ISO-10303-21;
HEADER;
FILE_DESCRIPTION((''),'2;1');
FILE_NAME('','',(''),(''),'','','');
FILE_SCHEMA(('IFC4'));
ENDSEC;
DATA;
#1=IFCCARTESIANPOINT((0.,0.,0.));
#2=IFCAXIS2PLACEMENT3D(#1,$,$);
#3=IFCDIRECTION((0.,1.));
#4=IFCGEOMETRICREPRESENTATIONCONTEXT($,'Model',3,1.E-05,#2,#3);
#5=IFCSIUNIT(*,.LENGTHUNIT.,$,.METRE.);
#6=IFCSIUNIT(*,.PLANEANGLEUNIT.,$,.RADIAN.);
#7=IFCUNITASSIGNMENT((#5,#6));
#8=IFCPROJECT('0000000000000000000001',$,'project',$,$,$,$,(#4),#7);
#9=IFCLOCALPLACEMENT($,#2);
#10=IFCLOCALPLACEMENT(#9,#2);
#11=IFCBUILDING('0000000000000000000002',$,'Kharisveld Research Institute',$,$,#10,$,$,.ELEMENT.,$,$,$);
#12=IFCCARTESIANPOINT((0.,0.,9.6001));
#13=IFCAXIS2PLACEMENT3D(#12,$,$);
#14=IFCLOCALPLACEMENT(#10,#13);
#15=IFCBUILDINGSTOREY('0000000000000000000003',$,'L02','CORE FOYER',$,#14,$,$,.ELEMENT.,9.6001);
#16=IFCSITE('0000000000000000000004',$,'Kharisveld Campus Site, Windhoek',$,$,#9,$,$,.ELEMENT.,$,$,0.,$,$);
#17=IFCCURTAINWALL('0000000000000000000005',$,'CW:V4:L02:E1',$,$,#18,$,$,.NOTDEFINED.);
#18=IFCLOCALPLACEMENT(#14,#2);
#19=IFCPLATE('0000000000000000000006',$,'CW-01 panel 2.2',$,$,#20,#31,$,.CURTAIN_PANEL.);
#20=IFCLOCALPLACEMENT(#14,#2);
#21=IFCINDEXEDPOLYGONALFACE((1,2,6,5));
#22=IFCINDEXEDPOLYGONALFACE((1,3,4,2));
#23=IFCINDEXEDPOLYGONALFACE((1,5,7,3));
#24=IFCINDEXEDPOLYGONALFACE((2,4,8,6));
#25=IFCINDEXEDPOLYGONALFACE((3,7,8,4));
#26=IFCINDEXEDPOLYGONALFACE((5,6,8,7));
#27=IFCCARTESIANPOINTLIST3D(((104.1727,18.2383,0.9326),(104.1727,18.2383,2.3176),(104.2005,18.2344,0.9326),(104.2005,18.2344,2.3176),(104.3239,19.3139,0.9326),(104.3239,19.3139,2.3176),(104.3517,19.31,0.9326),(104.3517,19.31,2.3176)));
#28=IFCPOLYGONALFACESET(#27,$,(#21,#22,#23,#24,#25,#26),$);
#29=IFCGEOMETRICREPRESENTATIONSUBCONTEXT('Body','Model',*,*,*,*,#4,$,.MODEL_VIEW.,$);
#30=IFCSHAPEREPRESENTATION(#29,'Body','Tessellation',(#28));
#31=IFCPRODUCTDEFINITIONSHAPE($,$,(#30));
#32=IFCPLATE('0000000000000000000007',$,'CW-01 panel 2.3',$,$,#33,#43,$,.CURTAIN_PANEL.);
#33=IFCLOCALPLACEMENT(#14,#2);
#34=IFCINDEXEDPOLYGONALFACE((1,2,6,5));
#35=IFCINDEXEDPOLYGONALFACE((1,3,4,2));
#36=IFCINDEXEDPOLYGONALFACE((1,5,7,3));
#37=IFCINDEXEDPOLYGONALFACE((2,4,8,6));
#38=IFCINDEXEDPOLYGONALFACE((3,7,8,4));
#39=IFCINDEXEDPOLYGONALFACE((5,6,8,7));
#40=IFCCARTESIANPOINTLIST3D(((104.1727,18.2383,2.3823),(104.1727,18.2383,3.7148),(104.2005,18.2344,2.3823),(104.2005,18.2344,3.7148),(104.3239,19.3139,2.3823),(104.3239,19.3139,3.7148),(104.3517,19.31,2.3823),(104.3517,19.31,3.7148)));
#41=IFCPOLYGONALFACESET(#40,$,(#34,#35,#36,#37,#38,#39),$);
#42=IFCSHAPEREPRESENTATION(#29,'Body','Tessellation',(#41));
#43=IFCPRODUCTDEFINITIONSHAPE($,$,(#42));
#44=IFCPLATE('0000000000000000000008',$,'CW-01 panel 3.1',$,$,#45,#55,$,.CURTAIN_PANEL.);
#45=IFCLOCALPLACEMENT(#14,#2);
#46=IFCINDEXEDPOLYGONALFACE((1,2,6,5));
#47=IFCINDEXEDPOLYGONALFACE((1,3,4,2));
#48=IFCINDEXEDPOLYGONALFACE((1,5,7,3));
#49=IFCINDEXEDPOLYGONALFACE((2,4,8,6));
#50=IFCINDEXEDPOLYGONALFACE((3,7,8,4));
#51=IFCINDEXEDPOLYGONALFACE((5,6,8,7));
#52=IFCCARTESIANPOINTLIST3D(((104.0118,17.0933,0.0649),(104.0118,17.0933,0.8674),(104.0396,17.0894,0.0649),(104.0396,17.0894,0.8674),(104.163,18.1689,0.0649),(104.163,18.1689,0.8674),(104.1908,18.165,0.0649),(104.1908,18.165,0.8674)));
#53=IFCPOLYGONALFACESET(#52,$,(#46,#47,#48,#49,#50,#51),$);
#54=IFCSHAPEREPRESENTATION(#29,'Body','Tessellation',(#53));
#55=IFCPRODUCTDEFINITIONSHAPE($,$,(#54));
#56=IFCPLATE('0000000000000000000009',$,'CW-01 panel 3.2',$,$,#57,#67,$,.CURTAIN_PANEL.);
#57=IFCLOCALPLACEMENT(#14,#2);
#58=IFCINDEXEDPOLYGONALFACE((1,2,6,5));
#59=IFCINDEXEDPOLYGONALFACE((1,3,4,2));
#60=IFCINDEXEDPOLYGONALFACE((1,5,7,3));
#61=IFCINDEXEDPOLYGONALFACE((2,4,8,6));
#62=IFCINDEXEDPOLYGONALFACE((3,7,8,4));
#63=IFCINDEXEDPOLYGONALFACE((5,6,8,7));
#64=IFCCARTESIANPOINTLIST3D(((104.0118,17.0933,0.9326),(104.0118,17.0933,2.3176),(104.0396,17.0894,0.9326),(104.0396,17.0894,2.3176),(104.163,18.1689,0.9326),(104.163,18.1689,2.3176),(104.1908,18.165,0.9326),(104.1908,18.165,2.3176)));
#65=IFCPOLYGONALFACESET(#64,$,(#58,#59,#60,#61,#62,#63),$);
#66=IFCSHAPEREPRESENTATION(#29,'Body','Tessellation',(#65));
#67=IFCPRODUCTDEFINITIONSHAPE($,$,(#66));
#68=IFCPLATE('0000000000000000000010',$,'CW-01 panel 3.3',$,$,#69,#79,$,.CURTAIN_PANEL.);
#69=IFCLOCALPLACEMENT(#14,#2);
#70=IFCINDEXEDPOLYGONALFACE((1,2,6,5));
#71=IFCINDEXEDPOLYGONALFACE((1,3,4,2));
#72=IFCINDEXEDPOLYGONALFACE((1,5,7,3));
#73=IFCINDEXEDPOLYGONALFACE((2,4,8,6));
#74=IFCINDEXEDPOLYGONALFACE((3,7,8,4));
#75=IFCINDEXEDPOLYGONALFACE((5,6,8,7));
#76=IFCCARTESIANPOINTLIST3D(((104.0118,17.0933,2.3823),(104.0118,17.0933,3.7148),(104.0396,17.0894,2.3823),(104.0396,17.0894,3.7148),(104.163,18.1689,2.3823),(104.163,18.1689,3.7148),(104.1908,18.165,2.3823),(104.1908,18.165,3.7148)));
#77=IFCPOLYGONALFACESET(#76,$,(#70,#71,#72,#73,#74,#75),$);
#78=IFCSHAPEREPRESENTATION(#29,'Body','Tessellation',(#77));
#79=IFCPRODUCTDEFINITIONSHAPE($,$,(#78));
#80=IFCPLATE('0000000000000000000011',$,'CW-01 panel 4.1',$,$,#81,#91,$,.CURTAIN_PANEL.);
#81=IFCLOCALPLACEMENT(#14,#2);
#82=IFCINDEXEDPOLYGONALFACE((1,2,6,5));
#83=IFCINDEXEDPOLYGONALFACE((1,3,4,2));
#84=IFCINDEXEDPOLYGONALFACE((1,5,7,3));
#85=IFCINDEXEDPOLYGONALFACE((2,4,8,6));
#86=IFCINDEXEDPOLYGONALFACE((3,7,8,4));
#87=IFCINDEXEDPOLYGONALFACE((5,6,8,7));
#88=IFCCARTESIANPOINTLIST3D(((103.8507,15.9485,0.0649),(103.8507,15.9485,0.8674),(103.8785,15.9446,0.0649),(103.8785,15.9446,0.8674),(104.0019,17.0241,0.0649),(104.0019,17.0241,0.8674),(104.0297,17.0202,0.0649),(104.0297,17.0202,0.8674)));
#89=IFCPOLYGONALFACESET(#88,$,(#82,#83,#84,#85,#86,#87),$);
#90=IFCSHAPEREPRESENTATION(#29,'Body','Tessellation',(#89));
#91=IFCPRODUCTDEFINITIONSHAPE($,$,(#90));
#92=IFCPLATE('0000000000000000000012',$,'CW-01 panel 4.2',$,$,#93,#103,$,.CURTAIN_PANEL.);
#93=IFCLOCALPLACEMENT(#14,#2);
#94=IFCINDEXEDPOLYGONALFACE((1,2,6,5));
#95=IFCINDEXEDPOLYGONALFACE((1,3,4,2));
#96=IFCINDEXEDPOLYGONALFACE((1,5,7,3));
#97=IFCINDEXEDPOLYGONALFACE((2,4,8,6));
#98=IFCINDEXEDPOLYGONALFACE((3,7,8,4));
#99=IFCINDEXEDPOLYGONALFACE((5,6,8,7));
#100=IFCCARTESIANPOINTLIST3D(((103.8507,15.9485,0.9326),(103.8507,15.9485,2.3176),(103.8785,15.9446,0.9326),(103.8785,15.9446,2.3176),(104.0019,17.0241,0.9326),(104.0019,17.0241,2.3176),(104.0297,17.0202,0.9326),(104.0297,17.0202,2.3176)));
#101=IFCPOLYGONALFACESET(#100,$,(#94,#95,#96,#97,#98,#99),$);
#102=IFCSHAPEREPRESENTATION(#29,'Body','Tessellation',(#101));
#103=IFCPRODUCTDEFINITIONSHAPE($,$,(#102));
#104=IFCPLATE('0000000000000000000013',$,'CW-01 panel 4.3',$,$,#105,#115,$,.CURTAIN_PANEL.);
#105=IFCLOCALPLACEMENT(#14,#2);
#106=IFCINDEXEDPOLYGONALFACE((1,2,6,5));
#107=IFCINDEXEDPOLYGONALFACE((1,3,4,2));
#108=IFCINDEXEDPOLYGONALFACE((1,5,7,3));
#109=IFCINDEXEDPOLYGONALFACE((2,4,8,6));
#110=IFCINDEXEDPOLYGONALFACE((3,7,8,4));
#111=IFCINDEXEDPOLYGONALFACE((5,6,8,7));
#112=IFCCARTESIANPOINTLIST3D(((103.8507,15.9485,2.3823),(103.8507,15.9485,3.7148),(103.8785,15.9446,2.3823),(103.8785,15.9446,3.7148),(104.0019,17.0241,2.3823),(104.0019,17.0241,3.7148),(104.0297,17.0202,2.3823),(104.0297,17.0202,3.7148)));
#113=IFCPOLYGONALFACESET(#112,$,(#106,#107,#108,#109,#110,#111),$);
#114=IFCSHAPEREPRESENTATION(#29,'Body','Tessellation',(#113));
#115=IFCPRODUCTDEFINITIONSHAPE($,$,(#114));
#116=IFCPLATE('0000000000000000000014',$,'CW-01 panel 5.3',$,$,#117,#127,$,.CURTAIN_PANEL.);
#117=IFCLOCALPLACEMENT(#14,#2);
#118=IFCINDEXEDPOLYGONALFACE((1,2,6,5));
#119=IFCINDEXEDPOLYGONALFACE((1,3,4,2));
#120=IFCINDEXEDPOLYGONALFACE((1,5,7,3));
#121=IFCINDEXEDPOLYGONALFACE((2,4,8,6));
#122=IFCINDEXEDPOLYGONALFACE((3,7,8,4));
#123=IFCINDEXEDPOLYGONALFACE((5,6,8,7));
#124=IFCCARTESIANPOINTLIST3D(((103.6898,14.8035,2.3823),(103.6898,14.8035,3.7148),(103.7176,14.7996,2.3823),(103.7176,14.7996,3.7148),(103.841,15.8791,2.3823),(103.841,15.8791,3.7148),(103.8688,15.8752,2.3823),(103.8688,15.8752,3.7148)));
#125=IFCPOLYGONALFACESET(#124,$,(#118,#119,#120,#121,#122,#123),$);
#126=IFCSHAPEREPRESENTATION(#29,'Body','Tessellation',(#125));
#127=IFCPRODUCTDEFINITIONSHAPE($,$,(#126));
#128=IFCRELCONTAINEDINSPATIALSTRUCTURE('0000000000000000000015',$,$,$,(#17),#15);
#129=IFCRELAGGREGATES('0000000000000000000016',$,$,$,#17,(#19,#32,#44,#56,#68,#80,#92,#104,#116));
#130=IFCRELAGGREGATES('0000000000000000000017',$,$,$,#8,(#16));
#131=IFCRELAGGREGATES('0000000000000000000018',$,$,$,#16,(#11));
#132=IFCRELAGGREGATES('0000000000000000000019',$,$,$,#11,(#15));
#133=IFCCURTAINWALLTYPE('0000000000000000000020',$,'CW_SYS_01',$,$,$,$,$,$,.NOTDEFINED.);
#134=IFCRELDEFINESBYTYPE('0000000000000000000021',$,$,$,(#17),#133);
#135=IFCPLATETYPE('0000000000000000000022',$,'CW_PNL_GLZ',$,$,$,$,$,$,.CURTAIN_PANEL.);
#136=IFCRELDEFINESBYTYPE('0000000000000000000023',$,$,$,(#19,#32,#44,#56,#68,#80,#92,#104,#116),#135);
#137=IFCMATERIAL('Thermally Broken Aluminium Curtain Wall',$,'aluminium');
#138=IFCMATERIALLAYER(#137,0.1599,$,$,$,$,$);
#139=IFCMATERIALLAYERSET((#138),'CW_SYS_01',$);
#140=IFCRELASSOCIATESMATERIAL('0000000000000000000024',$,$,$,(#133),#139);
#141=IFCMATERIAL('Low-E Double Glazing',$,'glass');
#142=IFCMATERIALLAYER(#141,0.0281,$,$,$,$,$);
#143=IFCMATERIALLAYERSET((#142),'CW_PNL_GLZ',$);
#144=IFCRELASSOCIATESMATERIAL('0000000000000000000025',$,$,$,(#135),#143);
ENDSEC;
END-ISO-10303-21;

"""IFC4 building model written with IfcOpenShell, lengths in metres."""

from ifc_helpers import new_model, si_unit, direction, frame, origin, origin_2d, place, context, subcontext, project, spatial, rectangle, extrude, material, layer, layer_set, type_object, element, aggregate, save


model = new_model("IFC4")

# Units and contexts
model_context = context("Model", 3, precision=1e-05, world=origin(), true_north=direction((0.0, 1.0)))
body_context = subcontext(model_context, "Body", "Model", "MODEL_VIEW")
ifc_project = project(units=[si_unit("LENGTHUNIT", "METRE"), si_unit("PLANEANGLEUNIT", "RADIAN")], contexts=[model_context])

# Site, building, storey
site_placement = place(None, origin())
site = spatial("IfcSite", under=ifc_project, at=site_placement, Name="Kharisveld Campus Site, Windhoek", CompositionType="ELEMENT", RefElevation=0.0)
building_placement = place(site_placement, origin())
building = spatial("IfcBuilding", under=site, at=building_placement, Name="Kharisveld Research Institute", CompositionType="ELEMENT")
storey_placement = place(building_placement, frame((0.0, 0.0, 9.6001)))
storey = spatial("IfcBuildingStorey", under=building, at=storey_placement, Name="L02", Description="CORE FOYER", CompositionType="ELEMENT", Elevation=9.6001)

# Curtain wall, plates
ifc_material_1 = material(Name="Thermally Broken Aluminium Curtain Wall", Category="aluminium")
ifc_layer_1 = layer(ifc_material_1, 0.1599)
ifc_layer_set_1 = layer_set([ifc_layer_1], Name="CW_SYS_01")
curtain_wall_type = type_object("IfcCurtainWallType", Name="CW_SYS_01", PredefinedType="NOTDEFINED", material=ifc_layer_set_1)
curtain_wall_placement = place(storey_placement, origin())
curtain_wall = element("IfcCurtainWall", 1, at=curtain_wall_placement, inside=storey, type_object=curtain_wall_type, Name="CW:V4:L02:E1", PredefinedType="NOTDEFINED")
ifc_material_2 = material(Name="Low-E Double Glazing", Category="glass")
ifc_layer_2 = layer(ifc_material_2, 0.0281)
ifc_layer_set_2 = layer_set([ifc_layer_2], Name="CW_PNL_GLZ")
plate_type = type_object("IfcPlateType", Name="CW_PNL_GLZ", PredefinedType="CURTAIN_PANEL", material=ifc_layer_set_2)
plate_1_placement = place(storey_placement, frame((104.2622, 18.7742, 0.9326), z_axis=(0.0, 0.0, 1.0), x_axis=(-0.139173, -0.990268, 0.0)))
plate_1 = element("IfcPlate", 2, at=plate_1_placement, type_object=plate_type, Name="CW-01 panel 2.2", PredefinedType="CURTAIN_PANEL", context=body_context, shape_type="SweptSolid", body=[
    extrude(rectangle(XDim=1.0862, YDim=0.0281, at=origin_2d()), origin(), (0.0, 0.0, 1.0), 1.385),
])
plate_2_placement = place(storey_placement, frame((104.2622, 18.7742, 2.3823), z_axis=(0.0, 0.0, 1.0), x_axis=(-0.139173, -0.990268, 0.0)))
plate_2 = element("IfcPlate", 3, at=plate_2_placement, type_object=plate_type, Name="CW-01 panel 2.3", PredefinedType="CURTAIN_PANEL", context=body_context, shape_type="SweptSolid", body=[
    extrude(rectangle(XDim=1.0862, YDim=0.0281, at=origin_2d()), origin(), (0.0, 0.0, 1.0), 1.3325),
])
plate_3_placement = place(storey_placement, frame((104.1013, 17.6292, 0.0649), z_axis=(0.0, 0.0, 1.0), x_axis=(-0.139173, -0.990268, 0.0)))
plate_3 = element("IfcPlate", 4, at=plate_3_placement, type_object=plate_type, Name="CW-01 panel 3.1", PredefinedType="CURTAIN_PANEL", context=body_context, shape_type="SweptSolid", body=[
    extrude(rectangle(XDim=1.0862, YDim=0.0281, at=origin_2d()), origin(), (0.0, 0.0, 1.0), 0.8025),
])
plate_4_placement = place(storey_placement, frame((104.1013, 17.6292, 0.9326), z_axis=(0.0, 0.0, 1.0), x_axis=(-0.139173, -0.990268, 0.0)))
plate_4 = element("IfcPlate", 5, at=plate_4_placement, type_object=plate_type, Name="CW-01 panel 3.2", PredefinedType="CURTAIN_PANEL", context=body_context, shape_type="SweptSolid", body=[
    extrude(rectangle(XDim=1.0862, YDim=0.0281, at=origin_2d()), origin(), (0.0, 0.0, 1.0), 1.385),
])
plate_5_placement = place(storey_placement, frame((104.1013, 17.6292, 2.3823), z_axis=(0.0, 0.0, 1.0), x_axis=(-0.139173, -0.990268, 0.0)))
plate_5 = element("IfcPlate", 6, at=plate_5_placement, type_object=plate_type, Name="CW-01 panel 3.3", PredefinedType="CURTAIN_PANEL", context=body_context, shape_type="SweptSolid", body=[
    extrude(rectangle(XDim=1.0862, YDim=0.0281, at=origin_2d()), origin(), (0.0, 0.0, 1.0), 1.3325),
])
plate_6_placement = place(storey_placement, frame((103.9402, 16.4844, 0.0649), z_axis=(0.0, 0.0, 1.0), x_axis=(-0.139173, -0.990268, 0.0)))
plate_6 = element("IfcPlate", 7, at=plate_6_placement, type_object=plate_type, Name="CW-01 panel 4.1", PredefinedType="CURTAIN_PANEL", context=body_context, shape_type="SweptSolid", body=[
    extrude(rectangle(XDim=1.0862, YDim=0.0281, at=origin_2d()), origin(), (0.0, 0.0, 1.0), 0.8025),
])
plate_7_placement = place(storey_placement, frame((103.9402, 16.4844, 0.9326), z_axis=(0.0, 0.0, 1.0), x_axis=(-0.139173, -0.990268, 0.0)))
plate_7 = element("IfcPlate", 8, at=plate_7_placement, type_object=plate_type, Name="CW-01 panel 4.2", PredefinedType="CURTAIN_PANEL", context=body_context, shape_type="SweptSolid", body=[
    extrude(rectangle(XDim=1.0862, YDim=0.0281, at=origin_2d()), origin(), (0.0, 0.0, 1.0), 1.385),
])
plate_8_placement = place(storey_placement, frame((103.9402, 16.4844, 2.3823), z_axis=(0.0, 0.0, 1.0), x_axis=(-0.139173, -0.990268, 0.0)))
plate_8 = element("IfcPlate", 9, at=plate_8_placement, type_object=plate_type, Name="CW-01 panel 4.3", PredefinedType="CURTAIN_PANEL", context=body_context, shape_type="SweptSolid", body=[
    extrude(rectangle(XDim=1.0862, YDim=0.0281, at=origin_2d()), origin(), (0.0, 0.0, 1.0), 1.3325),
])
plate_9_placement = place(storey_placement, frame((103.7793, 15.3394, 2.3823), z_axis=(0.0, 0.0, 1.0), x_axis=(-0.139173, -0.990268, 0.0)))
plate_9 = element("IfcPlate", 10, at=plate_9_placement, type_object=plate_type, Name="CW-01 panel 5.3", PredefinedType="CURTAIN_PANEL", context=body_context, shape_type="SweptSolid", body=[
    extrude(rectangle(XDim=1.0862, YDim=0.0281, at=origin_2d()), origin(), (0.0, 0.0, 1.0), 1.3325),
])
aggregate(curtain_wall, [plate_1, plate_2, plate_3, plate_4, plate_5, plate_6, plate_7, plate_8, plate_9])

save(model, "model.ifc")
